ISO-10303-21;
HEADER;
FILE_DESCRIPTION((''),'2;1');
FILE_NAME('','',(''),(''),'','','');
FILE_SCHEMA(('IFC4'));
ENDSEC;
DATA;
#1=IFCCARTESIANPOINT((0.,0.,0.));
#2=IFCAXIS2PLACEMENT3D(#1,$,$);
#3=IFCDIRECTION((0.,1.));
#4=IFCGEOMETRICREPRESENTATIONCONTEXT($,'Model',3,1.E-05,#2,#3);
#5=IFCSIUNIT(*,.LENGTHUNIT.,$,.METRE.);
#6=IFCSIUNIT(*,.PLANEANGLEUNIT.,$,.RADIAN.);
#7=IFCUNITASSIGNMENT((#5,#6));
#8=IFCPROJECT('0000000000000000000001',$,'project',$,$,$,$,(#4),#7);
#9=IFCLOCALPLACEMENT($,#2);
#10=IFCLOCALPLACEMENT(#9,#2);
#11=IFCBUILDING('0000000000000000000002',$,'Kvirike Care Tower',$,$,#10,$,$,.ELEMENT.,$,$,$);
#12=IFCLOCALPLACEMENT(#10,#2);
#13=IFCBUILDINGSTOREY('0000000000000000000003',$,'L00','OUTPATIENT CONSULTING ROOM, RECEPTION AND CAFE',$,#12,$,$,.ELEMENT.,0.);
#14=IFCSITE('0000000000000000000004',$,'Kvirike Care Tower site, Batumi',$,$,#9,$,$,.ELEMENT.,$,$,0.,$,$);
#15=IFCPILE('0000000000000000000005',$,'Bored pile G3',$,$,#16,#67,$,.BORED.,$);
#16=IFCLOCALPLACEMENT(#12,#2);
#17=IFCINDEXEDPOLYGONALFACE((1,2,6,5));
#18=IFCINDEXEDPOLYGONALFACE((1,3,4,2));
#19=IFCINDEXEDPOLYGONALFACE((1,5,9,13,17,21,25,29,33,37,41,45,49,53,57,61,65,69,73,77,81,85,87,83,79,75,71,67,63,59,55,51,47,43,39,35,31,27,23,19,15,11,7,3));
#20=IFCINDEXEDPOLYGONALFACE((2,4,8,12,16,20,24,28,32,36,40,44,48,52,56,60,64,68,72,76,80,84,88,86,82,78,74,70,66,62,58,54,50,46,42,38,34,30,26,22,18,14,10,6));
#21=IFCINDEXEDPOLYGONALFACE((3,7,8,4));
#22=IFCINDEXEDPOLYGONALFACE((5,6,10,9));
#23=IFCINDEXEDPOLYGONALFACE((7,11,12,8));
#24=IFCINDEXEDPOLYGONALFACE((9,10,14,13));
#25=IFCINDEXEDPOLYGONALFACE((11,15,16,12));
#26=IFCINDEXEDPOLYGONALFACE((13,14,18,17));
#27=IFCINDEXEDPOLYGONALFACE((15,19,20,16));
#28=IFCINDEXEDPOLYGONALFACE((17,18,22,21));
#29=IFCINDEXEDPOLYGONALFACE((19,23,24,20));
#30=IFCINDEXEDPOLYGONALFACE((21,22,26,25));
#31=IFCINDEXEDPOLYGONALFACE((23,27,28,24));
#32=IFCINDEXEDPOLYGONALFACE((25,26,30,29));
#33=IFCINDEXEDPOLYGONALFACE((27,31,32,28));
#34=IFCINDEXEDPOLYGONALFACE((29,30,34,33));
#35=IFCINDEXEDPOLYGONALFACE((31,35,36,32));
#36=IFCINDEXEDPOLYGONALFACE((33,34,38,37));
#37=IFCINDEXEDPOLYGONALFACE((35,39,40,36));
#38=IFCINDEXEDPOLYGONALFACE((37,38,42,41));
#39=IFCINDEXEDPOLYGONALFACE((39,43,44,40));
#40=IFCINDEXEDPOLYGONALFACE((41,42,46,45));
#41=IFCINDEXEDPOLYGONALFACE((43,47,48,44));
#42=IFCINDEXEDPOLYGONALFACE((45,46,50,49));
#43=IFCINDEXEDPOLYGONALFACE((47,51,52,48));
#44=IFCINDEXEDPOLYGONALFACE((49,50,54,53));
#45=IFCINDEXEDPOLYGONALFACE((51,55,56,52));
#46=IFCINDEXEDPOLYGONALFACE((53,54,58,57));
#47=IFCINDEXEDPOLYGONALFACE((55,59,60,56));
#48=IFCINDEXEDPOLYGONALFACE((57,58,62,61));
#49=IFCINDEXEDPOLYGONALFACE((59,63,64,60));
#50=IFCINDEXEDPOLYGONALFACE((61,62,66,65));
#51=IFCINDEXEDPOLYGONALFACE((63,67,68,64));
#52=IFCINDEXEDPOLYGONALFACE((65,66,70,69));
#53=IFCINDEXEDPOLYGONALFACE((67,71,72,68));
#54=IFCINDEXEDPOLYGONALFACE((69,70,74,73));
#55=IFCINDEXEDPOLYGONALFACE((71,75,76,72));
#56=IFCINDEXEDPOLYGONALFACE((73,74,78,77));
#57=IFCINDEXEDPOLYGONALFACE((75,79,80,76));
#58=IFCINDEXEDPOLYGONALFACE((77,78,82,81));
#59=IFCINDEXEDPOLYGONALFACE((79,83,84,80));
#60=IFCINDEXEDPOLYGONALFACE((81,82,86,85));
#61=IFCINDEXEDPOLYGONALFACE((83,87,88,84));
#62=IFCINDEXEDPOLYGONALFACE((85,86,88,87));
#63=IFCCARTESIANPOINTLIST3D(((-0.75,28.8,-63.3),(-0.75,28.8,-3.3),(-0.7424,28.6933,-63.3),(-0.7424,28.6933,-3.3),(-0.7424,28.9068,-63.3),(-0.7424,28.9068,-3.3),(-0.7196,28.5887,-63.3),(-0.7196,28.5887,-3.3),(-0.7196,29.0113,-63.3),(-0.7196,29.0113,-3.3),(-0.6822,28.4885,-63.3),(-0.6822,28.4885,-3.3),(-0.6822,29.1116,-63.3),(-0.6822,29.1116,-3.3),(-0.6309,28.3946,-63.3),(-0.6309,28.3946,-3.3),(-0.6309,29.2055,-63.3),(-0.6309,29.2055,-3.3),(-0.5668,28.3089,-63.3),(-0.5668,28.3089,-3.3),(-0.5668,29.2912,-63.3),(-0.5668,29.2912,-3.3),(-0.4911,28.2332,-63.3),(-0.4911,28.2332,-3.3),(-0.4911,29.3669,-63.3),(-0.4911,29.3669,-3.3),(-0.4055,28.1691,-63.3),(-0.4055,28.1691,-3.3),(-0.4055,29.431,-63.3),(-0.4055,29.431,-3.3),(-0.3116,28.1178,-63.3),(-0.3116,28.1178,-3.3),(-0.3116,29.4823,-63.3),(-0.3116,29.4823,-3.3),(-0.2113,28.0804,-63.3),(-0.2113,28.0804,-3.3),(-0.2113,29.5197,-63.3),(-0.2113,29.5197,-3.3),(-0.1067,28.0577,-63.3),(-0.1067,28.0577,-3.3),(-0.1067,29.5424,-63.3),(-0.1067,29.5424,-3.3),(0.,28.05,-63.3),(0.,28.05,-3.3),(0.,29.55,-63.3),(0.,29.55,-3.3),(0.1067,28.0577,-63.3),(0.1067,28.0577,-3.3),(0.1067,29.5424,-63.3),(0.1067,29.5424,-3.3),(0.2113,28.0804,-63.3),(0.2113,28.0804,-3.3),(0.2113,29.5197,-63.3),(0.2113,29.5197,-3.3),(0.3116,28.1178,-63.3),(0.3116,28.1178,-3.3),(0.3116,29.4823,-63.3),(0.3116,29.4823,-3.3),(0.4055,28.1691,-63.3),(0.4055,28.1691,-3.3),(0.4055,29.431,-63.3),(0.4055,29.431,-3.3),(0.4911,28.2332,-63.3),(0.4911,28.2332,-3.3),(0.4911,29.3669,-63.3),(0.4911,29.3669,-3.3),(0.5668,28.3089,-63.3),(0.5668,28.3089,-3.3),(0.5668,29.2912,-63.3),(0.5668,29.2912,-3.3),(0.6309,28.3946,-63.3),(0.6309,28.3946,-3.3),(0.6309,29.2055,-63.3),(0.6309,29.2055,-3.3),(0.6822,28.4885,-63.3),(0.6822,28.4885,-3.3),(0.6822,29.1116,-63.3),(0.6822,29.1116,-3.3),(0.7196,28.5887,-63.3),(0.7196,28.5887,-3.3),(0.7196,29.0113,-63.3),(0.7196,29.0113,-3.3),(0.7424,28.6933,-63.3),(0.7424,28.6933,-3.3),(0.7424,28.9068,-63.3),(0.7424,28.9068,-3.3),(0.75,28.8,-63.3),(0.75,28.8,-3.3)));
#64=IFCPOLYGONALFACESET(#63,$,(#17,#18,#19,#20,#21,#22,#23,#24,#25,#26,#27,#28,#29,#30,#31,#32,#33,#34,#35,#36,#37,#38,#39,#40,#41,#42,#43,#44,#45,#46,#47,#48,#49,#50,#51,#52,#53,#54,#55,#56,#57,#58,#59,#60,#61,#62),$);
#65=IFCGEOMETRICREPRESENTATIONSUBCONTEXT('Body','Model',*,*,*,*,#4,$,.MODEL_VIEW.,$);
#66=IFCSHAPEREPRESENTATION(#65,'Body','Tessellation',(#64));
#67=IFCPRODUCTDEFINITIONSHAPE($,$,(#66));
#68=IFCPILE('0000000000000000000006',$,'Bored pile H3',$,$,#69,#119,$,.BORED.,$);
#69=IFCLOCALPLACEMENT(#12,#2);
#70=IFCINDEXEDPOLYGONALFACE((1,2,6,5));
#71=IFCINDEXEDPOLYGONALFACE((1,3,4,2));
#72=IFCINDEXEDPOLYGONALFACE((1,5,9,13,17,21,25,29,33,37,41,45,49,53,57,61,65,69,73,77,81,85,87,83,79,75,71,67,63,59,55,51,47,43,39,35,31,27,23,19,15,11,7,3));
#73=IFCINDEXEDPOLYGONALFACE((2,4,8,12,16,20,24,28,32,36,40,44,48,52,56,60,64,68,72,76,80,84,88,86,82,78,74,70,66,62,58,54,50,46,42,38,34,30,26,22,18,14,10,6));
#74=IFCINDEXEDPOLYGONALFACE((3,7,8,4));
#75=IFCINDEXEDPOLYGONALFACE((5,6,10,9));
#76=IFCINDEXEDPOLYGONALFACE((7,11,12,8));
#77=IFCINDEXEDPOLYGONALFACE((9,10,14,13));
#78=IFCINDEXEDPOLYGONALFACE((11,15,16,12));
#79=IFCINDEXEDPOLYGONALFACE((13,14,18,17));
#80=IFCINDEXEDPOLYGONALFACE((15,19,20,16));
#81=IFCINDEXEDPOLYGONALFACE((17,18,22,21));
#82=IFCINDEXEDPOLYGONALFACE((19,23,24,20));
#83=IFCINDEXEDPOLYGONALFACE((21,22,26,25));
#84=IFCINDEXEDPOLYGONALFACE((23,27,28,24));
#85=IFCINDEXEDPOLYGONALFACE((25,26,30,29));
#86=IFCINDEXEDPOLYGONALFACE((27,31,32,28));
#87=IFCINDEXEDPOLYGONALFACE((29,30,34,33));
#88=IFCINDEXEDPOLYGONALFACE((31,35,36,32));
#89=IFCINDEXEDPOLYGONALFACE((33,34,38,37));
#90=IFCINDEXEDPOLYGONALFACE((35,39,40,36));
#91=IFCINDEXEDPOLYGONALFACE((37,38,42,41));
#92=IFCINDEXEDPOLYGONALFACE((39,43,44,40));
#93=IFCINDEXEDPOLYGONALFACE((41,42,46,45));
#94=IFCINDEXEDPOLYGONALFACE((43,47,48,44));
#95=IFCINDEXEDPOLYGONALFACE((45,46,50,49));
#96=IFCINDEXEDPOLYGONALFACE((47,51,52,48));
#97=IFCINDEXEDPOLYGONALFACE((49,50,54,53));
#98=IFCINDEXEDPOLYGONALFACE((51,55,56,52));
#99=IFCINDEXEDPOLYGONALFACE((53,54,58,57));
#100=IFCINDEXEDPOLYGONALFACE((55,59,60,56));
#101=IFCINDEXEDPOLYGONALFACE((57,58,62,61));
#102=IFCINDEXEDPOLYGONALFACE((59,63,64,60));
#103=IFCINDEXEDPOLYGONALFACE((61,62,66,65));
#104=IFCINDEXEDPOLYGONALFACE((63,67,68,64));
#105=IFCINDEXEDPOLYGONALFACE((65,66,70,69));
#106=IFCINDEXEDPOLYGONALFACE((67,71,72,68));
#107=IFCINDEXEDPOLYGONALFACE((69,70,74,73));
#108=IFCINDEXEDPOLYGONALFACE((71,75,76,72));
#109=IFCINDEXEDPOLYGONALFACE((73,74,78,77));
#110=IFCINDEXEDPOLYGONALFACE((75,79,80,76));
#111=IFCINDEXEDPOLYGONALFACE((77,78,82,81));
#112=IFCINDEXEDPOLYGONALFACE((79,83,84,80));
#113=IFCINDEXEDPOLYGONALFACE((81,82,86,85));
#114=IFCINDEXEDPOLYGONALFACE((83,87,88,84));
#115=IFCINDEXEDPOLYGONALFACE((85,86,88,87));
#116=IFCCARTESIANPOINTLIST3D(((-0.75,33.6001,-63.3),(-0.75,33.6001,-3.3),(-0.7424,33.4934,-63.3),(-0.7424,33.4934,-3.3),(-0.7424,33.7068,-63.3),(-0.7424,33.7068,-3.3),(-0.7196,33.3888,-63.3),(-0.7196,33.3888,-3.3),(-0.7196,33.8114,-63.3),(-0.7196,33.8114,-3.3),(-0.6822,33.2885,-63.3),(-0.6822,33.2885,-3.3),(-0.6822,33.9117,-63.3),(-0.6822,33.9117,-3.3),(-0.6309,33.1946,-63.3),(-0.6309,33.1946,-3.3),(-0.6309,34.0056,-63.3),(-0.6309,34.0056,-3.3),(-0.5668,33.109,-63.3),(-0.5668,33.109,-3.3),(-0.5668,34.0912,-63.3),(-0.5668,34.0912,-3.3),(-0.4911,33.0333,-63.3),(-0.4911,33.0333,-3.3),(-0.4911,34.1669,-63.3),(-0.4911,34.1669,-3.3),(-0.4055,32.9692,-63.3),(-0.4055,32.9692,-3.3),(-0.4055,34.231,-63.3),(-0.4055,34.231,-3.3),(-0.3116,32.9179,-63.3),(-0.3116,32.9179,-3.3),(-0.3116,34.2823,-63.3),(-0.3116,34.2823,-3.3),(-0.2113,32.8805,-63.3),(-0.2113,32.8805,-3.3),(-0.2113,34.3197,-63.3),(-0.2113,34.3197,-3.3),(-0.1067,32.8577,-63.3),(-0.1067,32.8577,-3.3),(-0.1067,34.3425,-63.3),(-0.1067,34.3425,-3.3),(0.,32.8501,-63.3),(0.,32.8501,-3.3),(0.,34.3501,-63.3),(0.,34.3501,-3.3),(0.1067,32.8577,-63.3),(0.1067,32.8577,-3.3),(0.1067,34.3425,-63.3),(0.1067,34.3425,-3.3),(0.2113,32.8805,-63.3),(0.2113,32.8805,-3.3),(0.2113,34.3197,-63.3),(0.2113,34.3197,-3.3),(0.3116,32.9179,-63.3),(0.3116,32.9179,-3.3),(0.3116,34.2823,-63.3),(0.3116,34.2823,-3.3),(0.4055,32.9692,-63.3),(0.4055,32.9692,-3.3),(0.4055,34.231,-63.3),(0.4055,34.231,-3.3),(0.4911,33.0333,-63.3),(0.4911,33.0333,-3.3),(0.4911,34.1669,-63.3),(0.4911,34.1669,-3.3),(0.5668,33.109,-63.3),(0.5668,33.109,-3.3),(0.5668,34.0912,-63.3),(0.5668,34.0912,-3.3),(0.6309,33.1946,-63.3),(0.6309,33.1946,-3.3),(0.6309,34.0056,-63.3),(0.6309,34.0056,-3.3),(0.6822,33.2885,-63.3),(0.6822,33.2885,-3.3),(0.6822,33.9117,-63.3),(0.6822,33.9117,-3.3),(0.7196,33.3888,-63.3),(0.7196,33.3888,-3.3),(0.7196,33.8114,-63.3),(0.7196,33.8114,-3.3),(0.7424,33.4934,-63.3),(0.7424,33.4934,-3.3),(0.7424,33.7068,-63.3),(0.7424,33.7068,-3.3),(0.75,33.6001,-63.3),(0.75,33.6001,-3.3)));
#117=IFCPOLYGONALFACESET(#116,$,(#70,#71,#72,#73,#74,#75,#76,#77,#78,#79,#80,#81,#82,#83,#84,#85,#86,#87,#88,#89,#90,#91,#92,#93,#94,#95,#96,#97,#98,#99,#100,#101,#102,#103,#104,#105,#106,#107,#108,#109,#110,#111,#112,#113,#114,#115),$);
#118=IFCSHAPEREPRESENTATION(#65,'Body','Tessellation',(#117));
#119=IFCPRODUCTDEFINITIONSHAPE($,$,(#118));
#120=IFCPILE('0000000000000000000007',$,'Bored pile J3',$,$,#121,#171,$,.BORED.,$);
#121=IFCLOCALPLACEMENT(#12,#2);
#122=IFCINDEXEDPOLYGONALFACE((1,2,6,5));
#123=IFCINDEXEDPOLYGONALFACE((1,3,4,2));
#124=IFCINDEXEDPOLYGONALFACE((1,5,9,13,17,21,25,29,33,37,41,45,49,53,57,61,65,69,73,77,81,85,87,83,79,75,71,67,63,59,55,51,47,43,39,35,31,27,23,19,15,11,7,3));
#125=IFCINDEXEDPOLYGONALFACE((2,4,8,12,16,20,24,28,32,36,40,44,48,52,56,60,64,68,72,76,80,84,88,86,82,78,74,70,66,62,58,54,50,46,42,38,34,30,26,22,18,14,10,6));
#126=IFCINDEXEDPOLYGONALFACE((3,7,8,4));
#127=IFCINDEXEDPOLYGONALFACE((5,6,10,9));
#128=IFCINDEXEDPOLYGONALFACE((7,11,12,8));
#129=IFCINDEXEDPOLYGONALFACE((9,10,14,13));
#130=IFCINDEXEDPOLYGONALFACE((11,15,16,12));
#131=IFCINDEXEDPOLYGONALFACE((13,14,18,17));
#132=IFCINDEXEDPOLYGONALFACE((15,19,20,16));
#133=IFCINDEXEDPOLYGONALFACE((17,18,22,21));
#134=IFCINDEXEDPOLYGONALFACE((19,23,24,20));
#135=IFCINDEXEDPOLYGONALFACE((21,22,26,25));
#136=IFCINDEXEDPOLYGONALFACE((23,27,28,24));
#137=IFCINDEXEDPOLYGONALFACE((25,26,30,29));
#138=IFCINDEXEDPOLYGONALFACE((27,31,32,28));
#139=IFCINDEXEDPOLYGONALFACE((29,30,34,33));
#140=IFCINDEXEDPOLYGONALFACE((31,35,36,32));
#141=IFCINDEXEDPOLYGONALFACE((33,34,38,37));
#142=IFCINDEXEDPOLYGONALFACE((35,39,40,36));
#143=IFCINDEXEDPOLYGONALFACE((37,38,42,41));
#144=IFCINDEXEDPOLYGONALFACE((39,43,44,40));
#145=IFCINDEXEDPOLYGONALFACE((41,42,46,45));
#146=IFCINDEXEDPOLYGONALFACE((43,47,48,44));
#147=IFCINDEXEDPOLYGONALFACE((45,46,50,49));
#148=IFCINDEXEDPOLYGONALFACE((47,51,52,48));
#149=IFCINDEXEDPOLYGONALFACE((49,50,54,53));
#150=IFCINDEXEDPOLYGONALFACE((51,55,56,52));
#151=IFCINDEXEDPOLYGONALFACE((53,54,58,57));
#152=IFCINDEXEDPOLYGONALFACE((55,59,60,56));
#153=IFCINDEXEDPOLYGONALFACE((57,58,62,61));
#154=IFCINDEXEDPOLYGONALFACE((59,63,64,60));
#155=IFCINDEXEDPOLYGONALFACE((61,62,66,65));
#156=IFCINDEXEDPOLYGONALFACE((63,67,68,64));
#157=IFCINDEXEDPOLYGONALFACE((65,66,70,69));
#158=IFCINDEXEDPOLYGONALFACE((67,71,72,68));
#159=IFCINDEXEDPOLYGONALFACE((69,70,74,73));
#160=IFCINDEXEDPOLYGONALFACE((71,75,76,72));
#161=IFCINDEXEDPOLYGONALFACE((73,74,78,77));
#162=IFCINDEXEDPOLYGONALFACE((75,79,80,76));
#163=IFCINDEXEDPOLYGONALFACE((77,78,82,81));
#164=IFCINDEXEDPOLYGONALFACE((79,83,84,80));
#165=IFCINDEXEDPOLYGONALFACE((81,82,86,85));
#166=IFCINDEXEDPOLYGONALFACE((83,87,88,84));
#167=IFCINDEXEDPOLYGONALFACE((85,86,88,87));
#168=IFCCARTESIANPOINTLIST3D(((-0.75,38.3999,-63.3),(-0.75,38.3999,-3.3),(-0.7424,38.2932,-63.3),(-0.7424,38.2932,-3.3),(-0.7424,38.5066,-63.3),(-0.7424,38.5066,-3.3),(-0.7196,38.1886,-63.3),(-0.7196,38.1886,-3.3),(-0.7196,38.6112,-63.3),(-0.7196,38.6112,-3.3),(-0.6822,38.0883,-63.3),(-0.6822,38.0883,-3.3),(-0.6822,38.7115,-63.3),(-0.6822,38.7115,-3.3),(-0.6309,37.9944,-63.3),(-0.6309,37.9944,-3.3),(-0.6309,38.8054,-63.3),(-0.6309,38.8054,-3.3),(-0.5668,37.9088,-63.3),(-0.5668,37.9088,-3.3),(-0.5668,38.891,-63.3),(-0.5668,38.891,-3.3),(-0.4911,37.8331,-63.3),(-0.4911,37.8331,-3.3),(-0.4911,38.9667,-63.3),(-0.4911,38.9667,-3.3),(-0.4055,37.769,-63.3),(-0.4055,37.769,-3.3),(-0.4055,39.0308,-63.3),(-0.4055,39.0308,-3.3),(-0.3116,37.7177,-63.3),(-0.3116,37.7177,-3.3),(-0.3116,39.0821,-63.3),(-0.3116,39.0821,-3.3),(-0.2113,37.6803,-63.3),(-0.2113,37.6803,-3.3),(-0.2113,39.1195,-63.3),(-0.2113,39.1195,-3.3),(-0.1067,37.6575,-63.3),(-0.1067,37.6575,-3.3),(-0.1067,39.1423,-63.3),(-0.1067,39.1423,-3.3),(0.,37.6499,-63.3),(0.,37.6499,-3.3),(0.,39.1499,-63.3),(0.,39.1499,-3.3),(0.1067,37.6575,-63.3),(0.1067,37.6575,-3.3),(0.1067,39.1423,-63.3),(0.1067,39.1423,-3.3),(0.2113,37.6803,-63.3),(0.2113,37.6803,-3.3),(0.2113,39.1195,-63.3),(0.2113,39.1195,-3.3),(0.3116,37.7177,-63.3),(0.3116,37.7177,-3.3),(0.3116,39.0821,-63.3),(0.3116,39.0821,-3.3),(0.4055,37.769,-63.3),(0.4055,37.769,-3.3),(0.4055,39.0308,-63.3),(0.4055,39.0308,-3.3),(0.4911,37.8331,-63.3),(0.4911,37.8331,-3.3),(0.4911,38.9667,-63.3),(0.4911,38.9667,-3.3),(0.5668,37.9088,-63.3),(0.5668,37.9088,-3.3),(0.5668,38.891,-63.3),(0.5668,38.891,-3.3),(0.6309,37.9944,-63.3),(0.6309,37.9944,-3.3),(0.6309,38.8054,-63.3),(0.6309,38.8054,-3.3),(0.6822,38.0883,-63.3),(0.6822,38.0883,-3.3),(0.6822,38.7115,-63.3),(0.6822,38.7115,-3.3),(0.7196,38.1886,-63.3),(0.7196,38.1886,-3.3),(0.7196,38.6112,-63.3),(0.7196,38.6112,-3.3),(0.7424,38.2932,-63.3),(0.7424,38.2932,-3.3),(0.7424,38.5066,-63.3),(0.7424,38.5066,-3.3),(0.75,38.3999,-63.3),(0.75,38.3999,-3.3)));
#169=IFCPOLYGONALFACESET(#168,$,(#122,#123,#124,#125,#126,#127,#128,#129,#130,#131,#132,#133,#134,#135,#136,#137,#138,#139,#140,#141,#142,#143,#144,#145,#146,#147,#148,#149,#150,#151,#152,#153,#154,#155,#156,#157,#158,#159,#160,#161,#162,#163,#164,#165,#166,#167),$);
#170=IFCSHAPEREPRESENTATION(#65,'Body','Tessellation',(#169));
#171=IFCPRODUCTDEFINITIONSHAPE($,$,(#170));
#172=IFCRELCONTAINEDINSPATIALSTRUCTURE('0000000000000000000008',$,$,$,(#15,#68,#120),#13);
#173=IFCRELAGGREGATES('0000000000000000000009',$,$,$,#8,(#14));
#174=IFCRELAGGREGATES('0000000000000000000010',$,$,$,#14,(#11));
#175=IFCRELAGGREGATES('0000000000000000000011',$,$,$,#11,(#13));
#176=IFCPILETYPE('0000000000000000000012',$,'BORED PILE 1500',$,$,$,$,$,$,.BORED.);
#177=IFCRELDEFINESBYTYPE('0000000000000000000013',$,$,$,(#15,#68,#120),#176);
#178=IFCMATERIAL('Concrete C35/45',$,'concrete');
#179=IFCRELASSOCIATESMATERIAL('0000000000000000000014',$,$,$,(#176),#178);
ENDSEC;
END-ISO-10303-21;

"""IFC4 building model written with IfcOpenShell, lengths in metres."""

from ifc_helpers import new_model, si_unit, direction, frame, origin, origin_2d, place, context, subcontext, project, spatial, circle, extrude, material, material_profile, profile_set, type_object, element, save


model = new_model("IFC4")

# Units and contexts
model_context = context("Model", 3, precision=1e-05, world=origin(), true_north=direction((0.0, 1.0)))
body_context = subcontext(model_context, "Body", "Model", "MODEL_VIEW")
ifc_project = project(units=[si_unit("LENGTHUNIT", "METRE"), si_unit("PLANEANGLEUNIT", "RADIAN")], contexts=[model_context])

# Site, building, storey
site_placement = place(None, origin())
site = spatial("IfcSite", under=ifc_project, at=site_placement, Name="Kvirike Care Tower site, Batumi", CompositionType="ELEMENT", RefElevation=0.0)
building_placement = place(site_placement, origin())
building = spatial("IfcBuilding", under=site, at=building_placement, Name="Kvirike Care Tower", CompositionType="ELEMENT")
storey_placement = place(building_placement, origin())
storey = spatial("IfcBuildingStorey", under=building, at=storey_placement, Name="L00", Description="OUTPATIENT CONSULTING ROOM, RECEPTION AND CAFE", CompositionType="ELEMENT", Elevation=0.0)

# Piles
ifc_material_1 = material(Name="Concrete C35/45", Category="concrete")
ifc_material_profile_1 = material_profile(ifc_material_1, circle(Radius=0.75, at=origin_2d()), Name="BORED PILE 1500")
ifc_profile_set_1 = profile_set([ifc_material_profile_1], Name="Concrete C35/45")
pile_type = type_object("IfcPileType", Name="BORED PILE 1500", PredefinedType="BORED", material=ifc_profile_set_1)
for number, where, z_axis, x_axis, name in (
    (1, (0.0, 28.8, -3.3), (0.0, 0.0, -1.0), (1.0, 0.0, 0.0), "Bored pile G3"),
    (2, (0.0, 33.6001, -3.3), (0.0, 0.0, -1.0), (1.0, 0.0, 0.0), "Bored pile H3"),
    (3, (0.0, 38.3999, -3.3), (0.0, 0.0, -1.0), (1.0, 0.0, 0.0), "Bored pile J3"),
):
    element("IfcPile", number, at=place(storey_placement, frame(where, z_axis=z_axis, x_axis=x_axis)), inside=storey, type_object=pile_type, Name=name, PredefinedType="BORED", context=body_context, shape_type="SweptSolid", body=[
        extrude(circle(Radius=0.75, at=origin_2d()), origin(), (0.0, 0.0, 1.0), 60.0),
    ])

save(model, "model.ifc")
